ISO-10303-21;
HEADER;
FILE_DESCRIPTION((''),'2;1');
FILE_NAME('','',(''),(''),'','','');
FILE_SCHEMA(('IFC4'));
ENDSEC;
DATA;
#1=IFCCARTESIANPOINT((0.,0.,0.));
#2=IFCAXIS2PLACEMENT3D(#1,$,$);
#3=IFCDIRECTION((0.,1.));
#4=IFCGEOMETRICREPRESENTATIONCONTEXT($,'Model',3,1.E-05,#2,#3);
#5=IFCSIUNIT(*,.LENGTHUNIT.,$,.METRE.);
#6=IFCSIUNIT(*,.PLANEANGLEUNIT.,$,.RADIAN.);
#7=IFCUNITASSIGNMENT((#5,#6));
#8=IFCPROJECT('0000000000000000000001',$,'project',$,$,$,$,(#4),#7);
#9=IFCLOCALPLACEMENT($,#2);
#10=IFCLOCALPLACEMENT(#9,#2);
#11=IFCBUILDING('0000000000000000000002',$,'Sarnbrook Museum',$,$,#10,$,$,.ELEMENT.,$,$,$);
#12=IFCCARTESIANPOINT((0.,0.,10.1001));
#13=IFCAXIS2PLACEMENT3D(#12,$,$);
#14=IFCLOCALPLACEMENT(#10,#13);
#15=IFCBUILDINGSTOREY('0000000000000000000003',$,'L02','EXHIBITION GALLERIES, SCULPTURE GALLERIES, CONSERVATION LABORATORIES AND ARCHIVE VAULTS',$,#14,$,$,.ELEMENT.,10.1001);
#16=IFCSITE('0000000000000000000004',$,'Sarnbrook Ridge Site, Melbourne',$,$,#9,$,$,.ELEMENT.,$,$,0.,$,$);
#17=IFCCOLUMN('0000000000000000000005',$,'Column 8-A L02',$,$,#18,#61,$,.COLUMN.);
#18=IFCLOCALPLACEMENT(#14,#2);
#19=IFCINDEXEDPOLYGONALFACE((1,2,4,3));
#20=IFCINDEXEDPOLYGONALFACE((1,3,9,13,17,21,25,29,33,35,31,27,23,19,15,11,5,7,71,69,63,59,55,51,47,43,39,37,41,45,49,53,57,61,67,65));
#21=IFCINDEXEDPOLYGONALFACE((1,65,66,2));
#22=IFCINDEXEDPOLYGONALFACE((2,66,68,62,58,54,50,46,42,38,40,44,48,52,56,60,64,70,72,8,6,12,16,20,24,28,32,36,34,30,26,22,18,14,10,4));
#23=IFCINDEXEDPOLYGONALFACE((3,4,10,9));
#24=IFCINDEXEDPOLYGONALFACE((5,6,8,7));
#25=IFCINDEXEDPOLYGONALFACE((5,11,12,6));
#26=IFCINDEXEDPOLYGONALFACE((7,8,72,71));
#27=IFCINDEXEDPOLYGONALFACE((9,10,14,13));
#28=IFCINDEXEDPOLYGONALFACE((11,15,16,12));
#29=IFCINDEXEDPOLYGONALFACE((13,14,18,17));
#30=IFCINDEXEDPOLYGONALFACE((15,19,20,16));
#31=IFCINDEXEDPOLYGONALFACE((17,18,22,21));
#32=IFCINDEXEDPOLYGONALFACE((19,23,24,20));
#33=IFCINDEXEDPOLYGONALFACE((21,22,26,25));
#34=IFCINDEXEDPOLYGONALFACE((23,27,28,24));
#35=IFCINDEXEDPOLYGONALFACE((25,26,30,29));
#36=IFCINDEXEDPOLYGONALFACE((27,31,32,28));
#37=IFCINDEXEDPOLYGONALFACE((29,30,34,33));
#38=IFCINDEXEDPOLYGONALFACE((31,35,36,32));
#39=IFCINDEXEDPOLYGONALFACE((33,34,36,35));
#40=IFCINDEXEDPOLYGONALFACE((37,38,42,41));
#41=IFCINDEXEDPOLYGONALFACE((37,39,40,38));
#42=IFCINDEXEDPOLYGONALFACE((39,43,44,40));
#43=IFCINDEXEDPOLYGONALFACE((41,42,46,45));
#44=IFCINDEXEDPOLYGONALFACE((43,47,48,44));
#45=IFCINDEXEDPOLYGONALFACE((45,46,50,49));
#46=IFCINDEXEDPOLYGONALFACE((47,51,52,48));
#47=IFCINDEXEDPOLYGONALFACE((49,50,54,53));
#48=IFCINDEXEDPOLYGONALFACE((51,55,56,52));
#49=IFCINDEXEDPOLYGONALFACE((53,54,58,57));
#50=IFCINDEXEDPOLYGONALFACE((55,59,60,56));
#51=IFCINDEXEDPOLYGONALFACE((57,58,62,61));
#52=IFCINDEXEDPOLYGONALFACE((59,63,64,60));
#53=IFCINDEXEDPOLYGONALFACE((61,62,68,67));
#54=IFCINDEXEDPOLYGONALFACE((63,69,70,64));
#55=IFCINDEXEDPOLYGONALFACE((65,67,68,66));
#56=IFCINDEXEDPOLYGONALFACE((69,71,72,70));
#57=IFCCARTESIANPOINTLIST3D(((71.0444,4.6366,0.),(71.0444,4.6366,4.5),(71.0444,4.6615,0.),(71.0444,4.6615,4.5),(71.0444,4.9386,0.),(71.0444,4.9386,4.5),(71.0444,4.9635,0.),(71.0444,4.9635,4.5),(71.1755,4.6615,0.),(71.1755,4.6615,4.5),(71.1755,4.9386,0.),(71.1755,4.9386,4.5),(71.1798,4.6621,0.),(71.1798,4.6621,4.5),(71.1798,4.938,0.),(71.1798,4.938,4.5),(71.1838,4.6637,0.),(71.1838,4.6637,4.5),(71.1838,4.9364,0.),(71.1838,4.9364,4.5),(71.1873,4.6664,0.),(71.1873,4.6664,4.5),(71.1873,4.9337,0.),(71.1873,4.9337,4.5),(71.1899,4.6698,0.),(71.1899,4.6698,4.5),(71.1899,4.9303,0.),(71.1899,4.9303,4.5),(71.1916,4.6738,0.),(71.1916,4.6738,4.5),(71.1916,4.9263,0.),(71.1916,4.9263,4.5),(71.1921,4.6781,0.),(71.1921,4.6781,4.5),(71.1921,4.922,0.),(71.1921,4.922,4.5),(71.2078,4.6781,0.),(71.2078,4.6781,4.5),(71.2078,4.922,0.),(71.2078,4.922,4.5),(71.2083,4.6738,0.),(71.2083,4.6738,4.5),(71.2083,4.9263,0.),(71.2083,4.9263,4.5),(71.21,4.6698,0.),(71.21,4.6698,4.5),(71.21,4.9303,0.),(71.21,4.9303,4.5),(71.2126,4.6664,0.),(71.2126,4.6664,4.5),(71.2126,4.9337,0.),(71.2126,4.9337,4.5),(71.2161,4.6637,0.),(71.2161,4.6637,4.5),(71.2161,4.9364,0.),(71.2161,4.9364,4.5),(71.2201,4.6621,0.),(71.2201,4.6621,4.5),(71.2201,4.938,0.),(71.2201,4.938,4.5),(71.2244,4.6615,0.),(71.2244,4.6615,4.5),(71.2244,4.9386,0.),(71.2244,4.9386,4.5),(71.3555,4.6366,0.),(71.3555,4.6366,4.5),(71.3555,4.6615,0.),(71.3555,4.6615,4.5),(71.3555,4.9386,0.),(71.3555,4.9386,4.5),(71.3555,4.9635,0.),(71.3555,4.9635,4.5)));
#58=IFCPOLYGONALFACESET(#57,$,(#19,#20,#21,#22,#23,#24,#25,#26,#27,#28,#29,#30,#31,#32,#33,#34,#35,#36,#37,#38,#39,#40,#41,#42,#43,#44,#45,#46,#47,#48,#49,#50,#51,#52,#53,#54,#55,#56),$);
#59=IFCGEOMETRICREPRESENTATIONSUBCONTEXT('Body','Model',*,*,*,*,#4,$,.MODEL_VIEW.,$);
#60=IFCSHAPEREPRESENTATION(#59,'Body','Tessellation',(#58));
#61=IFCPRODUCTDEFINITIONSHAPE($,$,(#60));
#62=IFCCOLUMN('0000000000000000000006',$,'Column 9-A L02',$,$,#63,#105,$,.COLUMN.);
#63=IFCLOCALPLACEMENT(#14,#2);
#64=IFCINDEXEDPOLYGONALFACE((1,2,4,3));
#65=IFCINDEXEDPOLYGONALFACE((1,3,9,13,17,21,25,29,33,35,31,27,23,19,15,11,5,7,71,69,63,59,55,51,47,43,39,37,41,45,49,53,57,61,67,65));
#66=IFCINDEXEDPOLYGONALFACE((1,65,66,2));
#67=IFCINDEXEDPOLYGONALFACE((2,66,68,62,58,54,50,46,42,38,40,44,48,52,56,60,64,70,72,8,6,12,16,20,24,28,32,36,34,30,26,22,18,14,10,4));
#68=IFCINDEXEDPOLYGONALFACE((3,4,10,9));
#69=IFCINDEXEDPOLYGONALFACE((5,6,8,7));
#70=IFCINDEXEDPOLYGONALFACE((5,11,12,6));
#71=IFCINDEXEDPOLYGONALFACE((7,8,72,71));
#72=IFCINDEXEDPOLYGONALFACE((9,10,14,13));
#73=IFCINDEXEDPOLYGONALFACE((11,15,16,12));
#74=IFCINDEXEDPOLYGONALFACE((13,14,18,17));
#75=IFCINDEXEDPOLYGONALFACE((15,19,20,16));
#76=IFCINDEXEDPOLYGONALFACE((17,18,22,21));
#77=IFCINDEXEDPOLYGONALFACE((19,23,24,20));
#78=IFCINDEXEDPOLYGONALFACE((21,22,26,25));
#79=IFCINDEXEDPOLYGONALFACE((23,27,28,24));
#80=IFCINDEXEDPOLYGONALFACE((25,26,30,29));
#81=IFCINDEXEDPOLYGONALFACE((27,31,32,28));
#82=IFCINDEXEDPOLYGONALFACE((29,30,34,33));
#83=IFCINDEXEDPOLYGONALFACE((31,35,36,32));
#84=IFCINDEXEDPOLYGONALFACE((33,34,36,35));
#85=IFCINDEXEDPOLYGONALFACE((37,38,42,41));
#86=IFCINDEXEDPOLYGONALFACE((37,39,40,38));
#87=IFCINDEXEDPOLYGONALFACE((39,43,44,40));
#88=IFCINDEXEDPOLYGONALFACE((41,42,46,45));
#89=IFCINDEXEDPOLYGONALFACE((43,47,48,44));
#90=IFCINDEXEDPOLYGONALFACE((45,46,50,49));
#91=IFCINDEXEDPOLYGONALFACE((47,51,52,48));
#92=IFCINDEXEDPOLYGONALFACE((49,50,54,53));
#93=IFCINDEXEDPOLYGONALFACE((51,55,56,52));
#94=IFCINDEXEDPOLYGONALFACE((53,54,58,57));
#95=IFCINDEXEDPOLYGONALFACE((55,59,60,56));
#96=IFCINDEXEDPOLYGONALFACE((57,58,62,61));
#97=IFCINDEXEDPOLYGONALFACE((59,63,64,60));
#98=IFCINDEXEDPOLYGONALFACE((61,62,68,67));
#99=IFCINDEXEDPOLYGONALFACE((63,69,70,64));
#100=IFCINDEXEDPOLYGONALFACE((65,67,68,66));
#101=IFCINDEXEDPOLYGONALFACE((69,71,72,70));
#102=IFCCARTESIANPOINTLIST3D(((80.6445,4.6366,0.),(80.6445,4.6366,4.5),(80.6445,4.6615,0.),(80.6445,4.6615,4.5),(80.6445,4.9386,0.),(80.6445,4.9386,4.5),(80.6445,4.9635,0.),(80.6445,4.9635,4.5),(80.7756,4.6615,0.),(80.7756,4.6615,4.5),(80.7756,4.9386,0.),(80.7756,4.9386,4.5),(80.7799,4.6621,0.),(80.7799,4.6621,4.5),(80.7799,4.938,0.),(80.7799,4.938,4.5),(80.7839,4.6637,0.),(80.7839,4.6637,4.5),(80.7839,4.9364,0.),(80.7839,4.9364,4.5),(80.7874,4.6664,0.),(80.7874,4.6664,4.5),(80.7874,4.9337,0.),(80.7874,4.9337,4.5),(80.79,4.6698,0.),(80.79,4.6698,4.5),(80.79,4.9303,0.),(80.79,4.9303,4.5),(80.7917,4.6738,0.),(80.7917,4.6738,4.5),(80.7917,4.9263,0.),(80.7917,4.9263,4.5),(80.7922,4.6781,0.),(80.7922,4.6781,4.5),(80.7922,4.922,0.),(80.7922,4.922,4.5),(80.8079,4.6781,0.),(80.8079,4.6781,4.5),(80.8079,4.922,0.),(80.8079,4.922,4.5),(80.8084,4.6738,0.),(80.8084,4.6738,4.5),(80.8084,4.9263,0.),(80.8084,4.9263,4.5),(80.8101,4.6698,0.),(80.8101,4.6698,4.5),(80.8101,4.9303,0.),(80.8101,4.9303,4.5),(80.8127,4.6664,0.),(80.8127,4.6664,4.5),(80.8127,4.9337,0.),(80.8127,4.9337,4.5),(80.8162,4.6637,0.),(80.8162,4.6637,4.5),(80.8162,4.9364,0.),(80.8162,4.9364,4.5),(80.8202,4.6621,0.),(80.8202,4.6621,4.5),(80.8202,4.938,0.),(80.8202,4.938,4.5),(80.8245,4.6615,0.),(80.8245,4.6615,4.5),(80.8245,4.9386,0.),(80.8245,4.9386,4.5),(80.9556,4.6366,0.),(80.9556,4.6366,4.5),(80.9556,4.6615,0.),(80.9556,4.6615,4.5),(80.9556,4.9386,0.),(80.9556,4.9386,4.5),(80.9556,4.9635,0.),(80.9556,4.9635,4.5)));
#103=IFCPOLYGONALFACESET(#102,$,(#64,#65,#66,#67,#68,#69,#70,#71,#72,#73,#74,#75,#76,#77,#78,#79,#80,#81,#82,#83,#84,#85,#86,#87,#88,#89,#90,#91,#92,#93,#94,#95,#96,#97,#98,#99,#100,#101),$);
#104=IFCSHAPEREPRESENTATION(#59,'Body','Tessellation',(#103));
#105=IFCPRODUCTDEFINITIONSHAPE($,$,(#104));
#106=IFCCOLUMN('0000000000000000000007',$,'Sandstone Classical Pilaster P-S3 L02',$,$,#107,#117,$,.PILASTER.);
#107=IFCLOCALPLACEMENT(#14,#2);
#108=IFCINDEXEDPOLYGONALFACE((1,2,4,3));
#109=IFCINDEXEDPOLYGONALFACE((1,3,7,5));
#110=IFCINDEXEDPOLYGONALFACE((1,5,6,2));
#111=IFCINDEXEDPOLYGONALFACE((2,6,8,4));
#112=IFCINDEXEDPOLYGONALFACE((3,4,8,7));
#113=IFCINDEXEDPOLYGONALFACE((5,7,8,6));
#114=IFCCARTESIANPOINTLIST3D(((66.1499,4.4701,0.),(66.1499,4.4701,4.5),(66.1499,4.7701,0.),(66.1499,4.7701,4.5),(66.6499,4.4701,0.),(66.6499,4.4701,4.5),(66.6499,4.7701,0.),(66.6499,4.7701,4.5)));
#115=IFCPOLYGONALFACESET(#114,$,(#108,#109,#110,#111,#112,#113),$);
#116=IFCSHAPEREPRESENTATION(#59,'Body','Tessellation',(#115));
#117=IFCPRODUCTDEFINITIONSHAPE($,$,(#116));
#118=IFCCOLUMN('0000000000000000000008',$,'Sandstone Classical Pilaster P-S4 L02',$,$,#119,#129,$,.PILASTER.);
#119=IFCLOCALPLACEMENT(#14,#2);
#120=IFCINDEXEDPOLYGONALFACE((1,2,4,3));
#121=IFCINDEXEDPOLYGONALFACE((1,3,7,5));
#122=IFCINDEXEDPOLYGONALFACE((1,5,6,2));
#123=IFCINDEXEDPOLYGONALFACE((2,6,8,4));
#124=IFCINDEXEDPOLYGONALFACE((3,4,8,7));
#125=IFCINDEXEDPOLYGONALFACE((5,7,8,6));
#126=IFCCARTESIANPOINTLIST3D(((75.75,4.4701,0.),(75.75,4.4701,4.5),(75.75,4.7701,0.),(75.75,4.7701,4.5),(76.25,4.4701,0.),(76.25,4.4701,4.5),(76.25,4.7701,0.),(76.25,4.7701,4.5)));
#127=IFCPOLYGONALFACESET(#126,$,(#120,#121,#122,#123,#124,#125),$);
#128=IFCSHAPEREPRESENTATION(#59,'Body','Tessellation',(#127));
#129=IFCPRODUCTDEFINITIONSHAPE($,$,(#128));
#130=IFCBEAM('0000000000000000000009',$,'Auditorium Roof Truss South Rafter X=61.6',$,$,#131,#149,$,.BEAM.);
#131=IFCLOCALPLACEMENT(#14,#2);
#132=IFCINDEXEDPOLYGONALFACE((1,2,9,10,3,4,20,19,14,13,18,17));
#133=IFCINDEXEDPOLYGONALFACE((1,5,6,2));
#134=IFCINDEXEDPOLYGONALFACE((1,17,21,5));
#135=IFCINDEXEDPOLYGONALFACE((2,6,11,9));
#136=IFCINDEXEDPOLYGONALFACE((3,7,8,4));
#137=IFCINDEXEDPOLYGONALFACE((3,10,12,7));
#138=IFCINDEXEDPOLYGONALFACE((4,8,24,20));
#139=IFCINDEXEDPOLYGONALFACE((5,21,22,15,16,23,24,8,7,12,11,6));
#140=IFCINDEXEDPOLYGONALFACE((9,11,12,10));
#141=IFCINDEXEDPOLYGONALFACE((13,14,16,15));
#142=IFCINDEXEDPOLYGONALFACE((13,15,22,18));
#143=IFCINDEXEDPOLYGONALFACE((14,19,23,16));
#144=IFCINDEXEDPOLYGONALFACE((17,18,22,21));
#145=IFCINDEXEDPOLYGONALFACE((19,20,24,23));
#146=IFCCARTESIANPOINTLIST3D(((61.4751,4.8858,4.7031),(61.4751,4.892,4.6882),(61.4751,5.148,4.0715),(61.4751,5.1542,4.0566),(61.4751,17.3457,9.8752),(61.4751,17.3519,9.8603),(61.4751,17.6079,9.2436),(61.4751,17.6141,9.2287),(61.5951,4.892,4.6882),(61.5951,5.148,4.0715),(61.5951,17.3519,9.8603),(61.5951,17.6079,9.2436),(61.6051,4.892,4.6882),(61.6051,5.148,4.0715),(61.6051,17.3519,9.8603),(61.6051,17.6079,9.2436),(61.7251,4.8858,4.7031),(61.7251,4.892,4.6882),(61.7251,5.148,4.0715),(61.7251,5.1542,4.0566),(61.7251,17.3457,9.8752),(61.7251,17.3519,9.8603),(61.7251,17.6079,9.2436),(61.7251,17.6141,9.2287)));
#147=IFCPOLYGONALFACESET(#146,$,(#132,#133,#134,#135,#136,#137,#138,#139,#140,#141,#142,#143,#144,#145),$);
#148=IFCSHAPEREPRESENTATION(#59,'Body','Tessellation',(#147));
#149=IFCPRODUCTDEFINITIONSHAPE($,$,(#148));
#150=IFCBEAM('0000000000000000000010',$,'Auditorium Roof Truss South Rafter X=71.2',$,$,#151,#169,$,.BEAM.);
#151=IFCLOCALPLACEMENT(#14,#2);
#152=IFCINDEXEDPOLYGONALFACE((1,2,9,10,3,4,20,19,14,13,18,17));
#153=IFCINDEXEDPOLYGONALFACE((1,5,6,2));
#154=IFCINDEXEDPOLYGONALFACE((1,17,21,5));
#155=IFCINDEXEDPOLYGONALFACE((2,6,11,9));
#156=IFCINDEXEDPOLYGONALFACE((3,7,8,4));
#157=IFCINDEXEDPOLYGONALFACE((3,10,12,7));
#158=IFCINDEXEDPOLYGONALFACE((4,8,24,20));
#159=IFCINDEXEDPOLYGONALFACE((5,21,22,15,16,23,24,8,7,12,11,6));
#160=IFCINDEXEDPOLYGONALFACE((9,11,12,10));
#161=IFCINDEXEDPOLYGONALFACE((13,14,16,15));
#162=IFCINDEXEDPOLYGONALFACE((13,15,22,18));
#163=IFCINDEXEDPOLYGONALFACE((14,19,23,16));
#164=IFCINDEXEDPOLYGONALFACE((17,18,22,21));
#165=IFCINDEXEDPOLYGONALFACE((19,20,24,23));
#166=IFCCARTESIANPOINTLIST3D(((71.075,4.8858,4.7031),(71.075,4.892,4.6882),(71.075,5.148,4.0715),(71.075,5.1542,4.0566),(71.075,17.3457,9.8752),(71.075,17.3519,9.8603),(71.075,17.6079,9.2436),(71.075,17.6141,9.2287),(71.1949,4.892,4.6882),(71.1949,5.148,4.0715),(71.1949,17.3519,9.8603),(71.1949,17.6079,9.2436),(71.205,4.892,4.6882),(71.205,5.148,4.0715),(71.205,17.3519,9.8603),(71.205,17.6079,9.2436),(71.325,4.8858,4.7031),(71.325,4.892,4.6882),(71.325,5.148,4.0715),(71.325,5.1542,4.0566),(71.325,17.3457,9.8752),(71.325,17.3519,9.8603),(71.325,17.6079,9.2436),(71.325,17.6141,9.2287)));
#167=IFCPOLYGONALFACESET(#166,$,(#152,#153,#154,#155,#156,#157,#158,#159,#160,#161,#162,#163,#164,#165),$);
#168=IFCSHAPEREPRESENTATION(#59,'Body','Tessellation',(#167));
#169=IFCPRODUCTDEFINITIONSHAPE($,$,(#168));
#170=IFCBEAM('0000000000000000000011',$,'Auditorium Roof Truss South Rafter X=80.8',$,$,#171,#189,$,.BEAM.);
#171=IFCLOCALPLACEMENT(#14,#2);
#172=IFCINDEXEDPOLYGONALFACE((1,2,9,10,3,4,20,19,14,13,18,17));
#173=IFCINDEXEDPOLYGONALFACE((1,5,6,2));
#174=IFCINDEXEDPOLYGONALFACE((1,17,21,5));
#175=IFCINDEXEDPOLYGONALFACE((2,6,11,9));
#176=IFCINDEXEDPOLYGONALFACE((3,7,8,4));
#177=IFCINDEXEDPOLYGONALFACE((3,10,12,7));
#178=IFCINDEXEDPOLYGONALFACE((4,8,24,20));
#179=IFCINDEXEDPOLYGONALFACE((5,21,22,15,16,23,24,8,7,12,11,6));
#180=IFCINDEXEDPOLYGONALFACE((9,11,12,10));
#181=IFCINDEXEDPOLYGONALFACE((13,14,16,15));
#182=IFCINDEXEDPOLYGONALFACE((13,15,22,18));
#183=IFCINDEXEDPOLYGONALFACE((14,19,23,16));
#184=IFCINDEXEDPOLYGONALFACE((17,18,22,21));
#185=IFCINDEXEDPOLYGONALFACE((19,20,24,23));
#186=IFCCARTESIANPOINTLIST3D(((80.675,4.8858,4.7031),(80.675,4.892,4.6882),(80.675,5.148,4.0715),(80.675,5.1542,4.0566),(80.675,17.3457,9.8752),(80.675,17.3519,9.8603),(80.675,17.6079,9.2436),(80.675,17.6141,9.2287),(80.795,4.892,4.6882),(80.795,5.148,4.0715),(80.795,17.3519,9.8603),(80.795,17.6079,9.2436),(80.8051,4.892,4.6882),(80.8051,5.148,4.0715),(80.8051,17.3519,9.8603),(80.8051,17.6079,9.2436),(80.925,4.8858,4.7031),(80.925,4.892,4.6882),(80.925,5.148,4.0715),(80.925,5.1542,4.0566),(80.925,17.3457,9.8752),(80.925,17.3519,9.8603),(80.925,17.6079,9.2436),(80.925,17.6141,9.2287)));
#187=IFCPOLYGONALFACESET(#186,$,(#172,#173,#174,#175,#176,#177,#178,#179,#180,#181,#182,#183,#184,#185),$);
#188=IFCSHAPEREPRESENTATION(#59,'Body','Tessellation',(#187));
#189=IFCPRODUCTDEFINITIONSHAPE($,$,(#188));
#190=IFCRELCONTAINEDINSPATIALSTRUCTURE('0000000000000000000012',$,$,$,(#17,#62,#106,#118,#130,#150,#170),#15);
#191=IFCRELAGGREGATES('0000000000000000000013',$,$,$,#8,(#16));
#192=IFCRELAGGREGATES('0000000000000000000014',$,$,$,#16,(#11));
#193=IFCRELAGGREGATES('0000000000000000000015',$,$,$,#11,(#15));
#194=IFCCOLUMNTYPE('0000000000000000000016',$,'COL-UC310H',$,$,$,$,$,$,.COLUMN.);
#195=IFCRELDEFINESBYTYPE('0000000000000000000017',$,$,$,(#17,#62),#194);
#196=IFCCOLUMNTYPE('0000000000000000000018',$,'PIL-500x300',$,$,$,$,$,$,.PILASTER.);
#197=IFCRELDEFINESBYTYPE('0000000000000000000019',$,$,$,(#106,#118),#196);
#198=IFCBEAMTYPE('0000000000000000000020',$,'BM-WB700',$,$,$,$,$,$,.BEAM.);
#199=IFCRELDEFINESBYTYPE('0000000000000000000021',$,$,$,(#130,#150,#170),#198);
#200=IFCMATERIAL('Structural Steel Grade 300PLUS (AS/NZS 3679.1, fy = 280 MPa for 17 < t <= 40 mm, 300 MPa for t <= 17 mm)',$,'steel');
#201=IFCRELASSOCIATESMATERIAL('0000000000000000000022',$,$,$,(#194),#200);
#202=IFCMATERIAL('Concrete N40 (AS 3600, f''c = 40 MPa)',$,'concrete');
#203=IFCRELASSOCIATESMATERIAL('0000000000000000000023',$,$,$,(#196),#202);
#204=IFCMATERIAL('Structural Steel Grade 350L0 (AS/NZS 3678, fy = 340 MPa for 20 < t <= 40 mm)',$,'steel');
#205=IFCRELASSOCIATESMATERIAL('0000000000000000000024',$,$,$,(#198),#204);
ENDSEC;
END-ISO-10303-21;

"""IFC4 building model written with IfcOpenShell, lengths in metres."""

from ifc_helpers import new_model, si_unit, direction, frame, origin, origin_2d, place, context, subcontext, project, spatial, rectangle, i_section, extrude, material, material_profile, profile_set, type_object, element, save


model = new_model("IFC4")

# Units and contexts
model_context = context("Model", 3, precision=1e-05, world=origin(), true_north=direction((0.0, 1.0)))
body_context = subcontext(model_context, "Body", "Model", "MODEL_VIEW")
ifc_project = project(units=[si_unit("LENGTHUNIT", "METRE"), si_unit("PLANEANGLEUNIT", "RADIAN")], contexts=[model_context])

# Site, building, storey
site_placement = place(None, origin())
site = spatial("IfcSite", under=ifc_project, at=site_placement, Name="Sarnbrook Ridge Site, Melbourne", CompositionType="ELEMENT", RefElevation=0.0)
building_placement = place(site_placement, origin())
building = spatial("IfcBuilding", under=site, at=building_placement, Name="Sarnbrook Museum", CompositionType="ELEMENT")
storey_placement = place(building_placement, frame((0.0, 0.0, 10.1001)))
storey = spatial("IfcBuildingStorey", under=building, at=storey_placement, Name="L02", Description="EXHIBITION GALLERIES, SCULPTURE GALLERIES, CONSERVATION LABORATORIES AND ARCHIVE VAULTS", CompositionType="ELEMENT", Elevation=10.1001)

# Columns
ifc_material_1 = material(Name="Structural Steel Grade 300PLUS (AS/NZS 3679.1, fy = 280 MPa for 17 < t <= 40 mm, 300 MPa for t <= 17 mm)", Category="steel")
ifc_material_profile_1 = material_profile(ifc_material_1, i_section(OverallWidth=0.311, OverallDepth=0.3269, WebThickness=0.0156, FlangeThickness=0.0249, FilletRadius=0.0166, at=origin_2d()), Name="310UC158")
ifc_profile_set_1 = profile_set([ifc_material_profile_1], Name="Structural Steel Grade 300PLUS (AS/NZS 3679.1, fy = 280 MPa for 17 < t <= 40 mm, 300 MPa for t <= 17 mm)")
column_type_1 = type_object("IfcColumnType", Name="COL-UC310H", PredefinedType="COLUMN", material=ifc_profile_set_1)
for number, where, z_axis, x_axis, name in (
    (1, (71.2, 4.8, 0.0), (0.0, 0.0, 1.0), (1.0, 0.0, 0.0), "Column 8-A L02"),
    (2, (80.8, 4.8, 0.0), (0.0, 0.0, 1.0), (1.0, 0.0, 0.0), "Column 9-A L02"),
):
    element("IfcColumn", number, at=place(storey_placement, frame(where, z_axis=z_axis, x_axis=x_axis)), inside=storey, type_object=column_type_1, Name=name, PredefinedType="COLUMN", context=body_context, shape_type="SweptSolid", body=[
        extrude(i_section(OverallWidth=0.311, OverallDepth=0.3269, WebThickness=0.0156, FlangeThickness=0.0249, FilletRadius=0.0166, at=origin_2d()), origin(), (0.0, 0.0, 1.0), 4.5),
    ])
ifc_material_2 = material(Name="Concrete N40 (AS 3600, f'c = 40 MPa)", Category="concrete")
ifc_material_profile_2 = material_profile(ifc_material_2, rectangle(XDim=0.5, YDim=0.3, at=origin_2d()), Name="PILASTER 500x300")
ifc_profile_set_2 = profile_set([ifc_material_profile_2], Name="Concrete N40 (AS 3600, f'c = 40 MPa)")
column_type_2 = type_object("IfcColumnType", Name="PIL-500x300", PredefinedType="PILASTER", material=ifc_profile_set_2)
for number, where, z_axis, x_axis, name in (
    (3, (66.3999, 4.6201, 0.0), (0.0, 0.0, 1.0), (1.0, 0.0, 0.0), "Sandstone Classical Pilaster P-S3 L02"),
    (4, (76.0, 4.6201, 0.0), (0.0, 0.0, 1.0), (1.0, 0.0, 0.0), "Sandstone Classical Pilaster P-S4 L02"),
):
    element("IfcColumn", number, at=place(storey_placement, frame(where, z_axis=z_axis, x_axis=x_axis)), inside=storey, type_object=column_type_2, Name=name, PredefinedType="PILASTER", context=body_context, shape_type="SweptSolid", body=[
        extrude(rectangle(XDim=0.5, YDim=0.3, at=origin_2d()), origin(), (0.0, 0.0, 1.0), 4.5),
    ])

# Beams
ifc_material_3 = material(Name="Structural Steel Grade 350L0 (AS/NZS 3678, fy = 340 MPa for 20 < t <= 40 mm)", Category="steel")
ifc_material_profile_3 = material_profile(ifc_material_3, i_section(OverallWidth=0.25, OverallDepth=0.7, WebThickness=0.01, FlangeThickness=0.0161, at=origin_2d()), Name="700WB130")
ifc_profile_set_3 = profile_set([ifc_material_profile_3], Name="Structural Steel Grade 350L0 (AS/NZS 3678, fy = 340 MPa for 20 < t <= 40 mm)")
beam_type_1 = type_object("IfcBeamType", Name="BM-WB700", PredefinedType="BEAM", material=ifc_profile_set_3)
for number, where, z_axis, x_axis, name in (
    (5, (61.6001, 5.02, 4.3799), (0.0, 0.92359, 0.383381), (-1.0, 0.0, 0.0), "Auditorium Roof Truss South Rafter X=61.6"),
    (6, (71.2, 5.02, 4.3799), (0.0, 0.92359, 0.383381), (-1.0, 0.0, 0.0), "Auditorium Roof Truss South Rafter X=71.2"),
    (7, (80.8, 5.02, 4.3799), (0.0, 0.92359, 0.383381), (-1.0, 0.0, 0.0), "Auditorium Roof Truss South Rafter X=80.8"),
):
    element("IfcBeam", number, at=place(storey_placement, frame(where, z_axis=z_axis, x_axis=x_axis)), inside=storey, type_object=beam_type_1, Name=name, PredefinedType="BEAM", context=body_context, shape_type="SweptSolid", body=[
        extrude(i_section(OverallWidth=0.25, OverallDepth=0.7, WebThickness=0.01, FlangeThickness=0.0161, at=origin_2d()), origin(), (0.0, 0.0, 1.0), 13.4907),
    ])

save(model, "model.ifc")
